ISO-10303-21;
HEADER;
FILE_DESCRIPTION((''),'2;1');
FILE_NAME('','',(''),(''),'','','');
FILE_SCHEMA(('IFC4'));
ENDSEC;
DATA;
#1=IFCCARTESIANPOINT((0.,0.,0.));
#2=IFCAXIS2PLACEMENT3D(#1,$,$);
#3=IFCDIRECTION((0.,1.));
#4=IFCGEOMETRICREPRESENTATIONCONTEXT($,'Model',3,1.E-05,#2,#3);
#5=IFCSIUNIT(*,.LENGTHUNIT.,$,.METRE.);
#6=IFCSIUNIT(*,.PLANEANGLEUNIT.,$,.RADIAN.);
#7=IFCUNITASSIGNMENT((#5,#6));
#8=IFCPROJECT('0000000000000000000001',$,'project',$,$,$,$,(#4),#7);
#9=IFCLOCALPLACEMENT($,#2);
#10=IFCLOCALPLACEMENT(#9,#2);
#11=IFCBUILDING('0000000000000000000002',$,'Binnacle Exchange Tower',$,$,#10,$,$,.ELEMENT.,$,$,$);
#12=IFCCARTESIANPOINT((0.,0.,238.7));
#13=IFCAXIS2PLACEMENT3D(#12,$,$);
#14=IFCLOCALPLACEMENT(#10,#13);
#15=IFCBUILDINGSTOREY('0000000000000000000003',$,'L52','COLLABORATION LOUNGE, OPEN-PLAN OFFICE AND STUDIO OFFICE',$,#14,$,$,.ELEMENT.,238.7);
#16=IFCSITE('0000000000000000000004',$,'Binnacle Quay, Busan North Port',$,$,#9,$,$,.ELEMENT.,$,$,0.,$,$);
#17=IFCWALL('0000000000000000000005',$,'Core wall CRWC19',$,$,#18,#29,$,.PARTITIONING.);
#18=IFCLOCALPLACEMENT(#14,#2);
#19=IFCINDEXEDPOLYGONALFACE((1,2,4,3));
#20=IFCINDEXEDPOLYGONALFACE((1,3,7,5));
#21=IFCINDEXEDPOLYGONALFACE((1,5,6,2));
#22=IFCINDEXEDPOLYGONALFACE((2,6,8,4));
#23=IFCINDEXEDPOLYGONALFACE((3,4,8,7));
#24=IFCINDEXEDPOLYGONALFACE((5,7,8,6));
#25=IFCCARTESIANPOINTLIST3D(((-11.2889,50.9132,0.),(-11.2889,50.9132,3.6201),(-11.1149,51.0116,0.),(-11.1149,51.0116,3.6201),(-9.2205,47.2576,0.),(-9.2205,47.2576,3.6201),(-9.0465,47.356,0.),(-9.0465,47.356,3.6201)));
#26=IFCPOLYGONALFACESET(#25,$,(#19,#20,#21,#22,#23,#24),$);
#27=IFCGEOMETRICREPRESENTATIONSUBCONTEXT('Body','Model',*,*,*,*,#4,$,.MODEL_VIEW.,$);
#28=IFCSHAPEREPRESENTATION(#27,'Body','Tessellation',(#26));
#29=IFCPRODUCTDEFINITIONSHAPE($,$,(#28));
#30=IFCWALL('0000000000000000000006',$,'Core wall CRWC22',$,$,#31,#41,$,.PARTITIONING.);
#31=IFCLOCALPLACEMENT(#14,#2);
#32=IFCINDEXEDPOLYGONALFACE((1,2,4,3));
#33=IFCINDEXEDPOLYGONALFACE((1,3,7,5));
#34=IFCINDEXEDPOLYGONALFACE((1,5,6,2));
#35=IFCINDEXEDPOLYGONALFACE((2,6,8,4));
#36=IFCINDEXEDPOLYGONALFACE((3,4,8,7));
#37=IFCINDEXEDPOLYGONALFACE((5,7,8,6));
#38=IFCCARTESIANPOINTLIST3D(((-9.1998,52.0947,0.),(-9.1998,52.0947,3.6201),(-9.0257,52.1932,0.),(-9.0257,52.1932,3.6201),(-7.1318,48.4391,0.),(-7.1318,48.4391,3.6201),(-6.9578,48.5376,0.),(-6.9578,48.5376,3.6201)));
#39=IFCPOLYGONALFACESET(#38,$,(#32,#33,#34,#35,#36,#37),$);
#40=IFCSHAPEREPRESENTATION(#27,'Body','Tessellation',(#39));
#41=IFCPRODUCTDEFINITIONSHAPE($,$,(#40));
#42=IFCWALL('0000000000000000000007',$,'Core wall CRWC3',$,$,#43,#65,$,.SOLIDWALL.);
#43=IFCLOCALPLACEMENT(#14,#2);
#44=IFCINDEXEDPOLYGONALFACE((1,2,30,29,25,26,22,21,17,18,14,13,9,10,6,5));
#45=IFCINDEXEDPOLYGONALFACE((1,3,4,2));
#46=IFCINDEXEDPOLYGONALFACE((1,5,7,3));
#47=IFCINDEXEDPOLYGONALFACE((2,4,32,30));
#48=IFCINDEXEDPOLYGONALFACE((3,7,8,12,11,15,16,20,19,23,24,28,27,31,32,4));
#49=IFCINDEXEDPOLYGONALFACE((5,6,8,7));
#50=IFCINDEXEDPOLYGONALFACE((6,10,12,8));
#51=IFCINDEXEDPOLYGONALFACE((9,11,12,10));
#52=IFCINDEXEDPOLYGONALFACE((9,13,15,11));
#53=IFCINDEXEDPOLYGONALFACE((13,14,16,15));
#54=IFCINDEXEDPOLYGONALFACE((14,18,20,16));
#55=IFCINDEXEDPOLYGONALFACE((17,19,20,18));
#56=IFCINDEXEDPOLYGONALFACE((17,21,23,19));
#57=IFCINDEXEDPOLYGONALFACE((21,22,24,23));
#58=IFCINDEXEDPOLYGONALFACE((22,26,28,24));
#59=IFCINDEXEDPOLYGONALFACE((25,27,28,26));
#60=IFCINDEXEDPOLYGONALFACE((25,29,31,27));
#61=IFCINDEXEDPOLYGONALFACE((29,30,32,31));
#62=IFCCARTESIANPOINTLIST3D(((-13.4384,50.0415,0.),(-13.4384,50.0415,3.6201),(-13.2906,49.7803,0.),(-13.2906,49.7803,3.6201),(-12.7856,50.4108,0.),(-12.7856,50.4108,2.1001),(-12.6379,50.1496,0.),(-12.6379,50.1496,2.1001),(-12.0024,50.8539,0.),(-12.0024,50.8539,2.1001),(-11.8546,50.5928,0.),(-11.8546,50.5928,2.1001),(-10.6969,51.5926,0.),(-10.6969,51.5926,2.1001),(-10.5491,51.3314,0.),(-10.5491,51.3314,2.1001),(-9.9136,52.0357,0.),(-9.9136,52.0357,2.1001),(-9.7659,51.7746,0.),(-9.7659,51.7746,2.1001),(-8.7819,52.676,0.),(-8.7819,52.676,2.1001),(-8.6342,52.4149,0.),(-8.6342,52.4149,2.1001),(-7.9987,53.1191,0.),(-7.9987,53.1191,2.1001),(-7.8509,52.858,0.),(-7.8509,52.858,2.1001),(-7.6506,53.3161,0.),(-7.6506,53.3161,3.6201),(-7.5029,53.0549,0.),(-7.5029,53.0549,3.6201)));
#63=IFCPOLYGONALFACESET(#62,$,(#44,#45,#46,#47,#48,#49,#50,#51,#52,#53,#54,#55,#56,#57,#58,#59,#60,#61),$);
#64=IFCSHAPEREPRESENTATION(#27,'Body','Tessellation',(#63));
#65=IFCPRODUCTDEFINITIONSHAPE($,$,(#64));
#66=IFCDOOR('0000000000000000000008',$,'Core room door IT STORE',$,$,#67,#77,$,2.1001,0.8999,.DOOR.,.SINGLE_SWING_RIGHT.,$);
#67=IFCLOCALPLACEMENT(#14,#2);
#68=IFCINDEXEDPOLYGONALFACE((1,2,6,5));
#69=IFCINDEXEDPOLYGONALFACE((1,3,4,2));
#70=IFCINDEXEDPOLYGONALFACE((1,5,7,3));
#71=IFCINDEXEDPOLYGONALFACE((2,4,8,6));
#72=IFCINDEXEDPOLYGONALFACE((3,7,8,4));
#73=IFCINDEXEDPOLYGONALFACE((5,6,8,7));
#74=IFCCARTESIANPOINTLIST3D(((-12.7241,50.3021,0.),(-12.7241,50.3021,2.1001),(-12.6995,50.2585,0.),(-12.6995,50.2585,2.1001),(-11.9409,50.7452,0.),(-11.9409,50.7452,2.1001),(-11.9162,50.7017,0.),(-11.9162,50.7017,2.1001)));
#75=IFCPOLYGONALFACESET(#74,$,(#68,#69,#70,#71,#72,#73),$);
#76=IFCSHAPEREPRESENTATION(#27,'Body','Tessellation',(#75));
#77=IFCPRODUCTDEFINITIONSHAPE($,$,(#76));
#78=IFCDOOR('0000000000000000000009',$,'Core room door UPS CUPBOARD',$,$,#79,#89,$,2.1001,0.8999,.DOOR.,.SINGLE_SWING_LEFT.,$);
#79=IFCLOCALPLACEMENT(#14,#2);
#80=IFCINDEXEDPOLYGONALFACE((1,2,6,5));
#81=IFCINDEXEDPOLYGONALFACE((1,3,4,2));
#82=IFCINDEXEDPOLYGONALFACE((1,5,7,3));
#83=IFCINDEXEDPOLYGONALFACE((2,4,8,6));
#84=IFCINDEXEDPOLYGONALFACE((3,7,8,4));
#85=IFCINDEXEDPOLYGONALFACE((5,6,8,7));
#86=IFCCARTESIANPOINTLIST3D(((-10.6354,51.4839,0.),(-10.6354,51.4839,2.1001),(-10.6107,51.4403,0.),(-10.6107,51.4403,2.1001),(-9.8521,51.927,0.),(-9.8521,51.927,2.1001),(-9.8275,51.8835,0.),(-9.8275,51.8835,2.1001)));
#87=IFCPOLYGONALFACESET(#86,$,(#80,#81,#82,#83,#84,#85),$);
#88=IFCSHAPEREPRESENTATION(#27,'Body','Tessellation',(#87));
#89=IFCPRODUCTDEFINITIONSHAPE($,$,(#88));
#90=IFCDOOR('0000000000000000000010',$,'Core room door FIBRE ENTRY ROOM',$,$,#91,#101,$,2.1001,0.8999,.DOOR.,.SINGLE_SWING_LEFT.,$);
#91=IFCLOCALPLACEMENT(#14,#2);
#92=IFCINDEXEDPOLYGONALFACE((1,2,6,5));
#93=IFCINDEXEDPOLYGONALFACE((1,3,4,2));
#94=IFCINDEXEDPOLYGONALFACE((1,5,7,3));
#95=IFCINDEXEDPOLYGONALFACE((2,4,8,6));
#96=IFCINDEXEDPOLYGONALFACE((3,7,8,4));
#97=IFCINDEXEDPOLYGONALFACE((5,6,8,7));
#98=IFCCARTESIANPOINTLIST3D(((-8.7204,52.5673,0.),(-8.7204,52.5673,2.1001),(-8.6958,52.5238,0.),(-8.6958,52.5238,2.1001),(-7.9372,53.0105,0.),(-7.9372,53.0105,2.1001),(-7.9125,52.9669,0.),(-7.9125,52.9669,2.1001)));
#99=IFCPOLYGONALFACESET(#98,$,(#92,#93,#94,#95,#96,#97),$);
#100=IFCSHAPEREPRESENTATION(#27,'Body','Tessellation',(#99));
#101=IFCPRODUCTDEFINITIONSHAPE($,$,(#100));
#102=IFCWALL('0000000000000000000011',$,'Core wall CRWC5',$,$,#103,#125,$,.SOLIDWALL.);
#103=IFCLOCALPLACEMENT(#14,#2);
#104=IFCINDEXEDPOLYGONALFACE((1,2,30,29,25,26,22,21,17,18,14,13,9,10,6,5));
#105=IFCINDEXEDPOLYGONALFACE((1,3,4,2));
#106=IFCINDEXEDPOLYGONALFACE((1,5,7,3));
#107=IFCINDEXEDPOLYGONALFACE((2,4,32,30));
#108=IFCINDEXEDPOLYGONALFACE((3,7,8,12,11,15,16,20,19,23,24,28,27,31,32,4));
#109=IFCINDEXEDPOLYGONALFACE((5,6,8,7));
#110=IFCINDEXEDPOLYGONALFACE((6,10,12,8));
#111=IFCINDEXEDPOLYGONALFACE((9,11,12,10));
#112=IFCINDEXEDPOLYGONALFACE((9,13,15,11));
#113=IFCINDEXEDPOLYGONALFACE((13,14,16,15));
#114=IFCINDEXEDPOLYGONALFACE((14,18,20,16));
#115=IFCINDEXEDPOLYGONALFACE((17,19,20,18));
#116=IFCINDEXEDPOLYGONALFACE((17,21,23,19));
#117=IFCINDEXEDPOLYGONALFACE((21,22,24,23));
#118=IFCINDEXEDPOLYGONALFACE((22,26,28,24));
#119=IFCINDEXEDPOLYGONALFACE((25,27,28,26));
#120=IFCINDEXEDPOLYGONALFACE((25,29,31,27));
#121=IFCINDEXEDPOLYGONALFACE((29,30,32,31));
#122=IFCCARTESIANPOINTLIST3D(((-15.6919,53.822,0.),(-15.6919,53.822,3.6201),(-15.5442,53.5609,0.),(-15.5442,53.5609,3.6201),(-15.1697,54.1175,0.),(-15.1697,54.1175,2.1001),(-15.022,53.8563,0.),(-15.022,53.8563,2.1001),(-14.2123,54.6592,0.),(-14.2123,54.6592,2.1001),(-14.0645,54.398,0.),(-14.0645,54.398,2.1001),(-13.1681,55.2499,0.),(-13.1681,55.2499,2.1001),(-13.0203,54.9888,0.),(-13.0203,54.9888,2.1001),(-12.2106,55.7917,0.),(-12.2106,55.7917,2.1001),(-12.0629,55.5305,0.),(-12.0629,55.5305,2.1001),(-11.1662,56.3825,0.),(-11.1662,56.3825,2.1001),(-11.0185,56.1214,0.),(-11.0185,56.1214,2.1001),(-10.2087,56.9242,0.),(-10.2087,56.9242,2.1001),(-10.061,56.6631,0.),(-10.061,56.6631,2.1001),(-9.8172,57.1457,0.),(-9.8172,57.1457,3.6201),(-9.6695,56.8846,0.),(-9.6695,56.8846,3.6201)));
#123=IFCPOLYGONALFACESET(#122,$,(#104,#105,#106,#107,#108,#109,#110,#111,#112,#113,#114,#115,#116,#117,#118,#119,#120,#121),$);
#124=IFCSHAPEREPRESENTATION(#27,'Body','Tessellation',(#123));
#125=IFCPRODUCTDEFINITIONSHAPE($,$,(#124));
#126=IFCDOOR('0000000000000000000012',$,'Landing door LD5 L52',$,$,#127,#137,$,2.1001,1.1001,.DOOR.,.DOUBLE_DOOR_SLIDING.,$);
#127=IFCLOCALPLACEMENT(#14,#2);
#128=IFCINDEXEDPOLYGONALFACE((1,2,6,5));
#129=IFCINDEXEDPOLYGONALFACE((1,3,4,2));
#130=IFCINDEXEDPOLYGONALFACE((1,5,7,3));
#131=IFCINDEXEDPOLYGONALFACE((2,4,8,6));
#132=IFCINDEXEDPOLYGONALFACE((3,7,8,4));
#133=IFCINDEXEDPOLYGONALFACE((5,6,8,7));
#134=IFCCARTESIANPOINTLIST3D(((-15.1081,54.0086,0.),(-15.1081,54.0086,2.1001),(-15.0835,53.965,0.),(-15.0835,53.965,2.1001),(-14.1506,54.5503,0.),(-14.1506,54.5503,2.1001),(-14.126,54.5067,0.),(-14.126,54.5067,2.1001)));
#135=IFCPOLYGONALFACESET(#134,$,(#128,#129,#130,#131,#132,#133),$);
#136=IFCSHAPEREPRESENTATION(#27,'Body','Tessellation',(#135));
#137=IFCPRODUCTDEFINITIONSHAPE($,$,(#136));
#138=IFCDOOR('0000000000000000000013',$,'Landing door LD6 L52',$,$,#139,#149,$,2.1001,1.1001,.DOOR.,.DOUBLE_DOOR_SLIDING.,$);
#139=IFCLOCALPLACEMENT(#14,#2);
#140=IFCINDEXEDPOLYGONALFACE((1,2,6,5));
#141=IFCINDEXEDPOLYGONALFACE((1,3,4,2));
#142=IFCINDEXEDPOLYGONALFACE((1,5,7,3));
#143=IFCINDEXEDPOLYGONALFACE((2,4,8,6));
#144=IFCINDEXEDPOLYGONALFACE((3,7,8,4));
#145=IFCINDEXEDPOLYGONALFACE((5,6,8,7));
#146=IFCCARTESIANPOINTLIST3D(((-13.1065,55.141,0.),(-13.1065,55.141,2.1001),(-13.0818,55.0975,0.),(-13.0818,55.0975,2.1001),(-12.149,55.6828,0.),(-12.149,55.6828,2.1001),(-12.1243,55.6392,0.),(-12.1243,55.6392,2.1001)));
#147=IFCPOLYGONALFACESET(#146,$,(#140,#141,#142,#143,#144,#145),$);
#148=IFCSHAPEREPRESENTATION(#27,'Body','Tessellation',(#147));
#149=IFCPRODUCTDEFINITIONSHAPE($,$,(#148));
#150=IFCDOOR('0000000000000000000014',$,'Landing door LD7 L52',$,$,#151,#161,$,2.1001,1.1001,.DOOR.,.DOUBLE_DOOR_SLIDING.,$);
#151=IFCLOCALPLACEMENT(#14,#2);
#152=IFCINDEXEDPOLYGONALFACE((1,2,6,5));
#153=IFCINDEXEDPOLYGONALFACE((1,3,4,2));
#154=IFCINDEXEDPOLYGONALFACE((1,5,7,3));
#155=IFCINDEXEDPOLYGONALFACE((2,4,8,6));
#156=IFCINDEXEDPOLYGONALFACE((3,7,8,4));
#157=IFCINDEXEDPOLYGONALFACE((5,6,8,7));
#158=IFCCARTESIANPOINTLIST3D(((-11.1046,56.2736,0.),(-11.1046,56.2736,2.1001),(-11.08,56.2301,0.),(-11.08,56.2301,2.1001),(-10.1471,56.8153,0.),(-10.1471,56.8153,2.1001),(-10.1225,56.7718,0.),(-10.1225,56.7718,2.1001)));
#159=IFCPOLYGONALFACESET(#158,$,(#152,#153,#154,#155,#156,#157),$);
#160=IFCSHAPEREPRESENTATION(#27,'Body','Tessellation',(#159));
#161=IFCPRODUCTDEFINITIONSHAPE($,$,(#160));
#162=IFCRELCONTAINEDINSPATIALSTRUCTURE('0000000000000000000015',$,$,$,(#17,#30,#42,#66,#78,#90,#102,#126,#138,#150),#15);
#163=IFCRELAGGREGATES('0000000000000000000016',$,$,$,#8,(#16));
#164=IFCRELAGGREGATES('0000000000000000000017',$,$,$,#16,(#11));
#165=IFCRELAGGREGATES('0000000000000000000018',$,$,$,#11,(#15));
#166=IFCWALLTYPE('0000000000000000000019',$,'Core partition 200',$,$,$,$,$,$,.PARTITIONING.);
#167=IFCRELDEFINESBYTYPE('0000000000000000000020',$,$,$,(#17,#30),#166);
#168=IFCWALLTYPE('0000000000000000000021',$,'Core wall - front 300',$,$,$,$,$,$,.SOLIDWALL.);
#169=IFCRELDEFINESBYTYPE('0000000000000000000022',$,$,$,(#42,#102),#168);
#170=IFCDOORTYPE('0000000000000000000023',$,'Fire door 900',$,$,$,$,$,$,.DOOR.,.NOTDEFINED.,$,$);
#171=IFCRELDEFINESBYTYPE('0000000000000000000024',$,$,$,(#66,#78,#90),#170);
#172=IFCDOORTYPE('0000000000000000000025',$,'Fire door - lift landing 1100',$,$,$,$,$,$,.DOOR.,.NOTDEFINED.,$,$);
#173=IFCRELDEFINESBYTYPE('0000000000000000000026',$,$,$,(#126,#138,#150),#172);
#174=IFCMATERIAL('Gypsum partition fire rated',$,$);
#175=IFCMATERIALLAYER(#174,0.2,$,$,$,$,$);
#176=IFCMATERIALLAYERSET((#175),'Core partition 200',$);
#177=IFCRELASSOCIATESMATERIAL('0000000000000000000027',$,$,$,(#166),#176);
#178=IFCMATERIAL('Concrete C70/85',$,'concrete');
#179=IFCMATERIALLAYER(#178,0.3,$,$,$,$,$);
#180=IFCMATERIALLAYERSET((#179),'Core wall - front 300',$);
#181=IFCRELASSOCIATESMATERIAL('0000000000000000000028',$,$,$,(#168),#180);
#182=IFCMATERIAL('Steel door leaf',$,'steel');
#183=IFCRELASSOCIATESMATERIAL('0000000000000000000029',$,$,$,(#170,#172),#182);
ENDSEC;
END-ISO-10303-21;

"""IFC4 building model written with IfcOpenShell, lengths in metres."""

from ifc_helpers import new_model, si_unit, direction, frame, frame_2d, origin, place, context, subcontext, project, spatial, rectangle, extrude, material, layer, layer_set, type_object, element, fill, save


model = new_model("IFC4")

# Units and contexts
model_context = context("Model", 3, precision=1e-05, world=origin(), true_north=direction((0.0, 1.0)))
body_context = subcontext(model_context, "Body", "Model", "MODEL_VIEW")
ifc_project = project(units=[si_unit("LENGTHUNIT", "METRE"), si_unit("PLANEANGLEUNIT", "RADIAN")], contexts=[model_context])

# Site, building, storey
site_placement = place(None, origin())
site = spatial("IfcSite", under=ifc_project, at=site_placement, Name="Binnacle Quay, Busan North Port", CompositionType="ELEMENT", RefElevation=0.0)
building_placement = place(site_placement, origin())
building = spatial("IfcBuilding", under=site, at=building_placement, Name="Binnacle Exchange Tower", CompositionType="ELEMENT")
storey_placement = place(building_placement, frame((0.0, 0.0, 238.7)))
storey = spatial("IfcBuildingStorey", under=building, at=storey_placement, Name="L52", Description="COLLABORATION LOUNGE, OPEN-PLAN OFFICE AND STUDIO OFFICE", CompositionType="ELEMENT", Elevation=238.7)

# Walls
ifc_material_1 = material(Name="Gypsum partition fire rated")
ifc_layer_1 = layer(ifc_material_1, 0.2)
ifc_layer_set_1 = layer_set([ifc_layer_1], Name="Core partition 200")
wall_type_1 = type_object("IfcWallType", Name="Core partition 200", PredefinedType="PARTITIONING", material=ifc_layer_set_1)
wall_1_placement = place(storey_placement, frame((-11.2019, 50.9624, 0.0), z_axis=(0.0, 0.0, 1.0), x_axis=(0.492454, -0.870339, 0.0)))
element("IfcWall", 1, at=wall_1_placement, inside=storey, type_object=wall_type_1, Name="Core wall CRWC19", PredefinedType="PARTITIONING", context=body_context, shape_type="SweptSolid", body=[
    extrude(rectangle(XDim=4.2002, YDim=0.2, at=frame_2d((2.1001, 0.0))), origin(), (0.0, 0.0, 1.0), 3.6201),
])
wall_2_placement = place(storey_placement, frame((-9.1128, 52.144, 0.0), z_axis=(0.0, 0.0, 1.0), x_axis=(0.492366, -0.870388, 0.0)))
element("IfcWall", 2, at=wall_2_placement, inside=storey, type_object=wall_type_1, Name="Core wall CRWC22", PredefinedType="PARTITIONING", context=body_context, shape_type="SweptSolid", body=[
    extrude(rectangle(XDim=4.2, YDim=0.2, at=frame_2d((2.1001, 0.0))), origin(), (0.0, 0.0, 1.0), 3.6201),
])

# Walls, openings, doors
ifc_material_2 = material(Name="Concrete C70/85", Category="concrete")
ifc_layer_2 = layer(ifc_material_2, 0.3)
ifc_layer_set_2 = layer_set([ifc_layer_2], Name="Core wall - front 300")
wall_type_2 = type_object("IfcWallType", Name="Core wall - front 300", PredefinedType="SOLIDWALL", material=ifc_layer_set_2)
wall_3_placement = place(storey_placement, frame((-13.3645, 49.9109, 0.0), z_axis=(0.0, 0.0, 1.0), x_axis=(0.870352, 0.49243, 0.0)))
wall_3 = element("IfcWall", 3, at=wall_3_placement, inside=storey, type_object=wall_type_2, Name="Core wall CRWC3", PredefinedType="SOLIDWALL", context=body_context, shape_type="SweptSolid", body=[
    extrude(rectangle(XDim=6.6499, YDim=0.3, at=frame_2d((3.325, 0.0))), origin(), (0.0, 0.0, 1.0), 3.6201),
])
opening_1_placement = place(wall_3_placement, frame((0.75, 0.0, 0.0)))
opening_1 = element("IfcOpeningElement", 4, at=opening_1_placement, cuts=wall_3, PredefinedType="OPENING", context=body_context, shape_type="SweptSolid", body=[
    extrude(rectangle(XDim=0.8999, YDim=2.1001, at=frame_2d((0.45, 1.05))), frame((0.0, 0.1599, 0.0), z_axis=(0.0, -1.0, 0.0), x_axis=(1.0, 0.0, 0.0)), (0.0, 0.0, 1.0), 0.3201),
])
opening_2_placement = place(wall_3_placement, frame((3.1499, 0.0, 0.0)))
opening_2 = element("IfcOpeningElement", 5, at=opening_2_placement, cuts=wall_3, PredefinedType="OPENING", context=body_context, shape_type="SweptSolid", body=[
    extrude(rectangle(XDim=0.8999, YDim=2.1001, at=frame_2d((0.45, 1.05))), frame((0.0, 0.1599, 0.0), z_axis=(0.0, -1.0, 0.0), x_axis=(1.0, 0.0, 0.0)), (0.0, 0.0, 1.0), 0.3201),
])
opening_3_placement = place(wall_3_placement, frame((5.3501, 0.0, 0.0)))
opening_3 = element("IfcOpeningElement", 6, at=opening_3_placement, cuts=wall_3, PredefinedType="OPENING", context=body_context, shape_type="SweptSolid", body=[
    extrude(rectangle(XDim=0.8999, YDim=2.1001, at=frame_2d((0.45, 1.05))), frame((0.0, 0.1599, 0.0), z_axis=(0.0, -1.0, 0.0), x_axis=(1.0, 0.0, 0.0)), (0.0, 0.0, 1.0), 0.3201),
])
ifc_material_3 = material(Name="Steel door leaf", Category="steel")
door_type_1 = type_object("IfcDoorType", Name="Fire door 900", OperationType="NOTDEFINED", PredefinedType="DOOR", material=ifc_material_3)
door_1_placement = place(opening_1_placement, frame((0.8999, 0.0, 0.0), z_axis=(0.0, 0.0, 1.0), x_axis=(-1.0, 0.0, 0.0)))
door_1 = element("IfcDoor", 7, at=door_1_placement, inside=storey, type_object=door_type_1, Name="Core room door IT STORE", OperationType="SINGLE_SWING_RIGHT", OverallHeight=2.1001, OverallWidth=0.8999, PredefinedType="DOOR", context=body_context, shape_type="SweptSolid", body=[
    extrude(rectangle(XDim=0.8999, YDim=2.1001, at=frame_2d((0.45, 1.05))), frame((0.0, 0.0249, 0.0), z_axis=(0.0, -1.0, 0.0), x_axis=(1.0, 0.0, 0.0)), (0.0, 0.0, 1.0), 0.05),
])
fill(opening_1, door_1)
door_2_placement = place(opening_2_placement, frame((0.8999, 0.0, 0.0), z_axis=(0.0, 0.0, 1.0), x_axis=(-1.0, 0.0, 0.0)))
door_2 = element("IfcDoor", 8, at=door_2_placement, inside=storey, type_object=door_type_1, Name="Core room door UPS CUPBOARD", OperationType="SINGLE_SWING_LEFT", OverallHeight=2.1001, OverallWidth=0.8999, PredefinedType="DOOR", context=body_context, shape_type="SweptSolid", body=[
    extrude(rectangle(XDim=0.8999, YDim=2.1001, at=frame_2d((0.45, 1.05))), frame((0.0, 0.0249, 0.0), z_axis=(0.0, -1.0, 0.0), x_axis=(1.0, 0.0, 0.0)), (0.0, 0.0, 1.0), 0.05),
])
fill(opening_2, door_2)
door_3_placement = place(opening_3_placement, frame((0.8999, 0.0, 0.0), z_axis=(0.0, 0.0, 1.0), x_axis=(-1.0, 0.0, 0.0)))
door_3 = element("IfcDoor", 9, at=door_3_placement, inside=storey, type_object=door_type_1, Name="Core room door FIBRE ENTRY ROOM", OperationType="SINGLE_SWING_LEFT", OverallHeight=2.1001, OverallWidth=0.8999, PredefinedType="DOOR", context=body_context, shape_type="SweptSolid", body=[
    extrude(rectangle(XDim=0.8999, YDim=2.1001, at=frame_2d((0.45, 1.05))), frame((0.0, 0.0249, 0.0), z_axis=(0.0, -1.0, 0.0), x_axis=(1.0, 0.0, 0.0)), (0.0, 0.0, 1.0), 0.05),
])
fill(opening_3, door_3)
wall_4_placement = place(storey_placement, frame((-15.6182, 53.6914, 0.0), z_axis=(0.0, 0.0, 1.0), x_axis=(0.870359, 0.492418, 0.0)))
wall_4 = element("IfcWall", 10, at=wall_4_placement, inside=storey, type_object=wall_type_2, Name="Core wall CRWC5", PredefinedType="SOLIDWALL", context=body_context, shape_type="SweptSolid", body=[
    extrude(rectangle(XDim=6.7498, YDim=0.3, at=frame_2d((3.375, 0.0))), origin(), (0.0, 0.0, 1.0), 3.6201),
])
opening_4_placement = place(wall_4_placement, frame((0.6001, 0.0, 0.0)))
opening_4 = element("IfcOpeningElement", 11, at=opening_4_placement, cuts=wall_4, PredefinedType="OPENING", context=body_context, shape_type="SweptSolid", body=[
    extrude(rectangle(XDim=1.1001, YDim=2.1001, at=frame_2d((0.55, 1.05))), frame((0.0, 0.1599, 0.0), z_axis=(0.0, -1.0, 0.0), x_axis=(1.0, 0.0, 0.0)), (0.0, 0.0, 1.0), 0.3201),
])
opening_5_placement = place(wall_4_placement, frame((2.8999, 0.0, 0.0)))
opening_5 = element("IfcOpeningElement", 12, at=opening_5_placement, cuts=wall_4, PredefinedType="OPENING", context=body_context, shape_type="SweptSolid", body=[
    extrude(rectangle(XDim=1.1001, YDim=2.1001, at=frame_2d((0.55, 1.05))), frame((0.0, 0.1599, 0.0), z_axis=(0.0, -1.0, 0.0), x_axis=(1.0, 0.0, 0.0)), (0.0, 0.0, 1.0), 0.3201),
])
opening_6_placement = place(wall_4_placement, frame((5.2, 0.0, 0.0)))
opening_6 = element("IfcOpeningElement", 13, at=opening_6_placement, cuts=wall_4, PredefinedType="OPENING", context=body_context, shape_type="SweptSolid", body=[
    extrude(rectangle(XDim=1.1001, YDim=2.1001, at=frame_2d((0.55, 1.05))), frame((0.0, 0.1599, 0.0), z_axis=(0.0, -1.0, 0.0), x_axis=(1.0, 0.0, 0.0)), (0.0, 0.0, 1.0), 0.3201),
])
door_type_2 = type_object("IfcDoorType", Name="Fire door - lift landing 1100", OperationType="NOTDEFINED", PredefinedType="DOOR", material=ifc_material_3)
door_4_placement = place(opening_4_placement, origin())
door_4 = element("IfcDoor", 14, at=door_4_placement, inside=storey, type_object=door_type_2, Name="Landing door LD5 L52", OperationType="DOUBLE_DOOR_SLIDING", OverallHeight=2.1001, OverallWidth=1.1001, PredefinedType="DOOR", context=body_context, shape_type="SweptSolid", body=[
    extrude(rectangle(XDim=1.1001, YDim=2.1001, at=frame_2d((0.55, 1.05))), frame((0.0, 0.0249, 0.0), z_axis=(0.0, -1.0, 0.0), x_axis=(1.0, 0.0, 0.0)), (0.0, 0.0, 1.0), 0.05),
])
fill(opening_4, door_4)
door_5_placement = place(opening_5_placement, origin())
door_5 = element("IfcDoor", 15, at=door_5_placement, inside=storey, type_object=door_type_2, Name="Landing door LD6 L52", OperationType="DOUBLE_DOOR_SLIDING", OverallHeight=2.1001, OverallWidth=1.1001, PredefinedType="DOOR", context=body_context, shape_type="SweptSolid", body=[
    extrude(rectangle(XDim=1.1001, YDim=2.1001, at=frame_2d((0.55, 1.05))), frame((0.0, 0.0249, 0.0), z_axis=(0.0, -1.0, 0.0), x_axis=(1.0, 0.0, 0.0)), (0.0, 0.0, 1.0), 0.05),
])
fill(opening_5, door_5)
door_6_placement = place(opening_6_placement, origin())
door_6 = element("IfcDoor", 16, at=door_6_placement, inside=storey, type_object=door_type_2, Name="Landing door LD7 L52", OperationType="DOUBLE_DOOR_SLIDING", OverallHeight=2.1001, OverallWidth=1.1001, PredefinedType="DOOR", context=body_context, shape_type="SweptSolid", body=[
    extrude(rectangle(XDim=1.1001, YDim=2.1001, at=frame_2d((0.55, 1.05))), frame((0.0, 0.0249, 0.0), z_axis=(0.0, -1.0, 0.0), x_axis=(1.0, 0.0, 0.0)), (0.0, 0.0, 1.0), 0.05),
])
fill(opening_6, door_6)

save(model, "model.ifc")
